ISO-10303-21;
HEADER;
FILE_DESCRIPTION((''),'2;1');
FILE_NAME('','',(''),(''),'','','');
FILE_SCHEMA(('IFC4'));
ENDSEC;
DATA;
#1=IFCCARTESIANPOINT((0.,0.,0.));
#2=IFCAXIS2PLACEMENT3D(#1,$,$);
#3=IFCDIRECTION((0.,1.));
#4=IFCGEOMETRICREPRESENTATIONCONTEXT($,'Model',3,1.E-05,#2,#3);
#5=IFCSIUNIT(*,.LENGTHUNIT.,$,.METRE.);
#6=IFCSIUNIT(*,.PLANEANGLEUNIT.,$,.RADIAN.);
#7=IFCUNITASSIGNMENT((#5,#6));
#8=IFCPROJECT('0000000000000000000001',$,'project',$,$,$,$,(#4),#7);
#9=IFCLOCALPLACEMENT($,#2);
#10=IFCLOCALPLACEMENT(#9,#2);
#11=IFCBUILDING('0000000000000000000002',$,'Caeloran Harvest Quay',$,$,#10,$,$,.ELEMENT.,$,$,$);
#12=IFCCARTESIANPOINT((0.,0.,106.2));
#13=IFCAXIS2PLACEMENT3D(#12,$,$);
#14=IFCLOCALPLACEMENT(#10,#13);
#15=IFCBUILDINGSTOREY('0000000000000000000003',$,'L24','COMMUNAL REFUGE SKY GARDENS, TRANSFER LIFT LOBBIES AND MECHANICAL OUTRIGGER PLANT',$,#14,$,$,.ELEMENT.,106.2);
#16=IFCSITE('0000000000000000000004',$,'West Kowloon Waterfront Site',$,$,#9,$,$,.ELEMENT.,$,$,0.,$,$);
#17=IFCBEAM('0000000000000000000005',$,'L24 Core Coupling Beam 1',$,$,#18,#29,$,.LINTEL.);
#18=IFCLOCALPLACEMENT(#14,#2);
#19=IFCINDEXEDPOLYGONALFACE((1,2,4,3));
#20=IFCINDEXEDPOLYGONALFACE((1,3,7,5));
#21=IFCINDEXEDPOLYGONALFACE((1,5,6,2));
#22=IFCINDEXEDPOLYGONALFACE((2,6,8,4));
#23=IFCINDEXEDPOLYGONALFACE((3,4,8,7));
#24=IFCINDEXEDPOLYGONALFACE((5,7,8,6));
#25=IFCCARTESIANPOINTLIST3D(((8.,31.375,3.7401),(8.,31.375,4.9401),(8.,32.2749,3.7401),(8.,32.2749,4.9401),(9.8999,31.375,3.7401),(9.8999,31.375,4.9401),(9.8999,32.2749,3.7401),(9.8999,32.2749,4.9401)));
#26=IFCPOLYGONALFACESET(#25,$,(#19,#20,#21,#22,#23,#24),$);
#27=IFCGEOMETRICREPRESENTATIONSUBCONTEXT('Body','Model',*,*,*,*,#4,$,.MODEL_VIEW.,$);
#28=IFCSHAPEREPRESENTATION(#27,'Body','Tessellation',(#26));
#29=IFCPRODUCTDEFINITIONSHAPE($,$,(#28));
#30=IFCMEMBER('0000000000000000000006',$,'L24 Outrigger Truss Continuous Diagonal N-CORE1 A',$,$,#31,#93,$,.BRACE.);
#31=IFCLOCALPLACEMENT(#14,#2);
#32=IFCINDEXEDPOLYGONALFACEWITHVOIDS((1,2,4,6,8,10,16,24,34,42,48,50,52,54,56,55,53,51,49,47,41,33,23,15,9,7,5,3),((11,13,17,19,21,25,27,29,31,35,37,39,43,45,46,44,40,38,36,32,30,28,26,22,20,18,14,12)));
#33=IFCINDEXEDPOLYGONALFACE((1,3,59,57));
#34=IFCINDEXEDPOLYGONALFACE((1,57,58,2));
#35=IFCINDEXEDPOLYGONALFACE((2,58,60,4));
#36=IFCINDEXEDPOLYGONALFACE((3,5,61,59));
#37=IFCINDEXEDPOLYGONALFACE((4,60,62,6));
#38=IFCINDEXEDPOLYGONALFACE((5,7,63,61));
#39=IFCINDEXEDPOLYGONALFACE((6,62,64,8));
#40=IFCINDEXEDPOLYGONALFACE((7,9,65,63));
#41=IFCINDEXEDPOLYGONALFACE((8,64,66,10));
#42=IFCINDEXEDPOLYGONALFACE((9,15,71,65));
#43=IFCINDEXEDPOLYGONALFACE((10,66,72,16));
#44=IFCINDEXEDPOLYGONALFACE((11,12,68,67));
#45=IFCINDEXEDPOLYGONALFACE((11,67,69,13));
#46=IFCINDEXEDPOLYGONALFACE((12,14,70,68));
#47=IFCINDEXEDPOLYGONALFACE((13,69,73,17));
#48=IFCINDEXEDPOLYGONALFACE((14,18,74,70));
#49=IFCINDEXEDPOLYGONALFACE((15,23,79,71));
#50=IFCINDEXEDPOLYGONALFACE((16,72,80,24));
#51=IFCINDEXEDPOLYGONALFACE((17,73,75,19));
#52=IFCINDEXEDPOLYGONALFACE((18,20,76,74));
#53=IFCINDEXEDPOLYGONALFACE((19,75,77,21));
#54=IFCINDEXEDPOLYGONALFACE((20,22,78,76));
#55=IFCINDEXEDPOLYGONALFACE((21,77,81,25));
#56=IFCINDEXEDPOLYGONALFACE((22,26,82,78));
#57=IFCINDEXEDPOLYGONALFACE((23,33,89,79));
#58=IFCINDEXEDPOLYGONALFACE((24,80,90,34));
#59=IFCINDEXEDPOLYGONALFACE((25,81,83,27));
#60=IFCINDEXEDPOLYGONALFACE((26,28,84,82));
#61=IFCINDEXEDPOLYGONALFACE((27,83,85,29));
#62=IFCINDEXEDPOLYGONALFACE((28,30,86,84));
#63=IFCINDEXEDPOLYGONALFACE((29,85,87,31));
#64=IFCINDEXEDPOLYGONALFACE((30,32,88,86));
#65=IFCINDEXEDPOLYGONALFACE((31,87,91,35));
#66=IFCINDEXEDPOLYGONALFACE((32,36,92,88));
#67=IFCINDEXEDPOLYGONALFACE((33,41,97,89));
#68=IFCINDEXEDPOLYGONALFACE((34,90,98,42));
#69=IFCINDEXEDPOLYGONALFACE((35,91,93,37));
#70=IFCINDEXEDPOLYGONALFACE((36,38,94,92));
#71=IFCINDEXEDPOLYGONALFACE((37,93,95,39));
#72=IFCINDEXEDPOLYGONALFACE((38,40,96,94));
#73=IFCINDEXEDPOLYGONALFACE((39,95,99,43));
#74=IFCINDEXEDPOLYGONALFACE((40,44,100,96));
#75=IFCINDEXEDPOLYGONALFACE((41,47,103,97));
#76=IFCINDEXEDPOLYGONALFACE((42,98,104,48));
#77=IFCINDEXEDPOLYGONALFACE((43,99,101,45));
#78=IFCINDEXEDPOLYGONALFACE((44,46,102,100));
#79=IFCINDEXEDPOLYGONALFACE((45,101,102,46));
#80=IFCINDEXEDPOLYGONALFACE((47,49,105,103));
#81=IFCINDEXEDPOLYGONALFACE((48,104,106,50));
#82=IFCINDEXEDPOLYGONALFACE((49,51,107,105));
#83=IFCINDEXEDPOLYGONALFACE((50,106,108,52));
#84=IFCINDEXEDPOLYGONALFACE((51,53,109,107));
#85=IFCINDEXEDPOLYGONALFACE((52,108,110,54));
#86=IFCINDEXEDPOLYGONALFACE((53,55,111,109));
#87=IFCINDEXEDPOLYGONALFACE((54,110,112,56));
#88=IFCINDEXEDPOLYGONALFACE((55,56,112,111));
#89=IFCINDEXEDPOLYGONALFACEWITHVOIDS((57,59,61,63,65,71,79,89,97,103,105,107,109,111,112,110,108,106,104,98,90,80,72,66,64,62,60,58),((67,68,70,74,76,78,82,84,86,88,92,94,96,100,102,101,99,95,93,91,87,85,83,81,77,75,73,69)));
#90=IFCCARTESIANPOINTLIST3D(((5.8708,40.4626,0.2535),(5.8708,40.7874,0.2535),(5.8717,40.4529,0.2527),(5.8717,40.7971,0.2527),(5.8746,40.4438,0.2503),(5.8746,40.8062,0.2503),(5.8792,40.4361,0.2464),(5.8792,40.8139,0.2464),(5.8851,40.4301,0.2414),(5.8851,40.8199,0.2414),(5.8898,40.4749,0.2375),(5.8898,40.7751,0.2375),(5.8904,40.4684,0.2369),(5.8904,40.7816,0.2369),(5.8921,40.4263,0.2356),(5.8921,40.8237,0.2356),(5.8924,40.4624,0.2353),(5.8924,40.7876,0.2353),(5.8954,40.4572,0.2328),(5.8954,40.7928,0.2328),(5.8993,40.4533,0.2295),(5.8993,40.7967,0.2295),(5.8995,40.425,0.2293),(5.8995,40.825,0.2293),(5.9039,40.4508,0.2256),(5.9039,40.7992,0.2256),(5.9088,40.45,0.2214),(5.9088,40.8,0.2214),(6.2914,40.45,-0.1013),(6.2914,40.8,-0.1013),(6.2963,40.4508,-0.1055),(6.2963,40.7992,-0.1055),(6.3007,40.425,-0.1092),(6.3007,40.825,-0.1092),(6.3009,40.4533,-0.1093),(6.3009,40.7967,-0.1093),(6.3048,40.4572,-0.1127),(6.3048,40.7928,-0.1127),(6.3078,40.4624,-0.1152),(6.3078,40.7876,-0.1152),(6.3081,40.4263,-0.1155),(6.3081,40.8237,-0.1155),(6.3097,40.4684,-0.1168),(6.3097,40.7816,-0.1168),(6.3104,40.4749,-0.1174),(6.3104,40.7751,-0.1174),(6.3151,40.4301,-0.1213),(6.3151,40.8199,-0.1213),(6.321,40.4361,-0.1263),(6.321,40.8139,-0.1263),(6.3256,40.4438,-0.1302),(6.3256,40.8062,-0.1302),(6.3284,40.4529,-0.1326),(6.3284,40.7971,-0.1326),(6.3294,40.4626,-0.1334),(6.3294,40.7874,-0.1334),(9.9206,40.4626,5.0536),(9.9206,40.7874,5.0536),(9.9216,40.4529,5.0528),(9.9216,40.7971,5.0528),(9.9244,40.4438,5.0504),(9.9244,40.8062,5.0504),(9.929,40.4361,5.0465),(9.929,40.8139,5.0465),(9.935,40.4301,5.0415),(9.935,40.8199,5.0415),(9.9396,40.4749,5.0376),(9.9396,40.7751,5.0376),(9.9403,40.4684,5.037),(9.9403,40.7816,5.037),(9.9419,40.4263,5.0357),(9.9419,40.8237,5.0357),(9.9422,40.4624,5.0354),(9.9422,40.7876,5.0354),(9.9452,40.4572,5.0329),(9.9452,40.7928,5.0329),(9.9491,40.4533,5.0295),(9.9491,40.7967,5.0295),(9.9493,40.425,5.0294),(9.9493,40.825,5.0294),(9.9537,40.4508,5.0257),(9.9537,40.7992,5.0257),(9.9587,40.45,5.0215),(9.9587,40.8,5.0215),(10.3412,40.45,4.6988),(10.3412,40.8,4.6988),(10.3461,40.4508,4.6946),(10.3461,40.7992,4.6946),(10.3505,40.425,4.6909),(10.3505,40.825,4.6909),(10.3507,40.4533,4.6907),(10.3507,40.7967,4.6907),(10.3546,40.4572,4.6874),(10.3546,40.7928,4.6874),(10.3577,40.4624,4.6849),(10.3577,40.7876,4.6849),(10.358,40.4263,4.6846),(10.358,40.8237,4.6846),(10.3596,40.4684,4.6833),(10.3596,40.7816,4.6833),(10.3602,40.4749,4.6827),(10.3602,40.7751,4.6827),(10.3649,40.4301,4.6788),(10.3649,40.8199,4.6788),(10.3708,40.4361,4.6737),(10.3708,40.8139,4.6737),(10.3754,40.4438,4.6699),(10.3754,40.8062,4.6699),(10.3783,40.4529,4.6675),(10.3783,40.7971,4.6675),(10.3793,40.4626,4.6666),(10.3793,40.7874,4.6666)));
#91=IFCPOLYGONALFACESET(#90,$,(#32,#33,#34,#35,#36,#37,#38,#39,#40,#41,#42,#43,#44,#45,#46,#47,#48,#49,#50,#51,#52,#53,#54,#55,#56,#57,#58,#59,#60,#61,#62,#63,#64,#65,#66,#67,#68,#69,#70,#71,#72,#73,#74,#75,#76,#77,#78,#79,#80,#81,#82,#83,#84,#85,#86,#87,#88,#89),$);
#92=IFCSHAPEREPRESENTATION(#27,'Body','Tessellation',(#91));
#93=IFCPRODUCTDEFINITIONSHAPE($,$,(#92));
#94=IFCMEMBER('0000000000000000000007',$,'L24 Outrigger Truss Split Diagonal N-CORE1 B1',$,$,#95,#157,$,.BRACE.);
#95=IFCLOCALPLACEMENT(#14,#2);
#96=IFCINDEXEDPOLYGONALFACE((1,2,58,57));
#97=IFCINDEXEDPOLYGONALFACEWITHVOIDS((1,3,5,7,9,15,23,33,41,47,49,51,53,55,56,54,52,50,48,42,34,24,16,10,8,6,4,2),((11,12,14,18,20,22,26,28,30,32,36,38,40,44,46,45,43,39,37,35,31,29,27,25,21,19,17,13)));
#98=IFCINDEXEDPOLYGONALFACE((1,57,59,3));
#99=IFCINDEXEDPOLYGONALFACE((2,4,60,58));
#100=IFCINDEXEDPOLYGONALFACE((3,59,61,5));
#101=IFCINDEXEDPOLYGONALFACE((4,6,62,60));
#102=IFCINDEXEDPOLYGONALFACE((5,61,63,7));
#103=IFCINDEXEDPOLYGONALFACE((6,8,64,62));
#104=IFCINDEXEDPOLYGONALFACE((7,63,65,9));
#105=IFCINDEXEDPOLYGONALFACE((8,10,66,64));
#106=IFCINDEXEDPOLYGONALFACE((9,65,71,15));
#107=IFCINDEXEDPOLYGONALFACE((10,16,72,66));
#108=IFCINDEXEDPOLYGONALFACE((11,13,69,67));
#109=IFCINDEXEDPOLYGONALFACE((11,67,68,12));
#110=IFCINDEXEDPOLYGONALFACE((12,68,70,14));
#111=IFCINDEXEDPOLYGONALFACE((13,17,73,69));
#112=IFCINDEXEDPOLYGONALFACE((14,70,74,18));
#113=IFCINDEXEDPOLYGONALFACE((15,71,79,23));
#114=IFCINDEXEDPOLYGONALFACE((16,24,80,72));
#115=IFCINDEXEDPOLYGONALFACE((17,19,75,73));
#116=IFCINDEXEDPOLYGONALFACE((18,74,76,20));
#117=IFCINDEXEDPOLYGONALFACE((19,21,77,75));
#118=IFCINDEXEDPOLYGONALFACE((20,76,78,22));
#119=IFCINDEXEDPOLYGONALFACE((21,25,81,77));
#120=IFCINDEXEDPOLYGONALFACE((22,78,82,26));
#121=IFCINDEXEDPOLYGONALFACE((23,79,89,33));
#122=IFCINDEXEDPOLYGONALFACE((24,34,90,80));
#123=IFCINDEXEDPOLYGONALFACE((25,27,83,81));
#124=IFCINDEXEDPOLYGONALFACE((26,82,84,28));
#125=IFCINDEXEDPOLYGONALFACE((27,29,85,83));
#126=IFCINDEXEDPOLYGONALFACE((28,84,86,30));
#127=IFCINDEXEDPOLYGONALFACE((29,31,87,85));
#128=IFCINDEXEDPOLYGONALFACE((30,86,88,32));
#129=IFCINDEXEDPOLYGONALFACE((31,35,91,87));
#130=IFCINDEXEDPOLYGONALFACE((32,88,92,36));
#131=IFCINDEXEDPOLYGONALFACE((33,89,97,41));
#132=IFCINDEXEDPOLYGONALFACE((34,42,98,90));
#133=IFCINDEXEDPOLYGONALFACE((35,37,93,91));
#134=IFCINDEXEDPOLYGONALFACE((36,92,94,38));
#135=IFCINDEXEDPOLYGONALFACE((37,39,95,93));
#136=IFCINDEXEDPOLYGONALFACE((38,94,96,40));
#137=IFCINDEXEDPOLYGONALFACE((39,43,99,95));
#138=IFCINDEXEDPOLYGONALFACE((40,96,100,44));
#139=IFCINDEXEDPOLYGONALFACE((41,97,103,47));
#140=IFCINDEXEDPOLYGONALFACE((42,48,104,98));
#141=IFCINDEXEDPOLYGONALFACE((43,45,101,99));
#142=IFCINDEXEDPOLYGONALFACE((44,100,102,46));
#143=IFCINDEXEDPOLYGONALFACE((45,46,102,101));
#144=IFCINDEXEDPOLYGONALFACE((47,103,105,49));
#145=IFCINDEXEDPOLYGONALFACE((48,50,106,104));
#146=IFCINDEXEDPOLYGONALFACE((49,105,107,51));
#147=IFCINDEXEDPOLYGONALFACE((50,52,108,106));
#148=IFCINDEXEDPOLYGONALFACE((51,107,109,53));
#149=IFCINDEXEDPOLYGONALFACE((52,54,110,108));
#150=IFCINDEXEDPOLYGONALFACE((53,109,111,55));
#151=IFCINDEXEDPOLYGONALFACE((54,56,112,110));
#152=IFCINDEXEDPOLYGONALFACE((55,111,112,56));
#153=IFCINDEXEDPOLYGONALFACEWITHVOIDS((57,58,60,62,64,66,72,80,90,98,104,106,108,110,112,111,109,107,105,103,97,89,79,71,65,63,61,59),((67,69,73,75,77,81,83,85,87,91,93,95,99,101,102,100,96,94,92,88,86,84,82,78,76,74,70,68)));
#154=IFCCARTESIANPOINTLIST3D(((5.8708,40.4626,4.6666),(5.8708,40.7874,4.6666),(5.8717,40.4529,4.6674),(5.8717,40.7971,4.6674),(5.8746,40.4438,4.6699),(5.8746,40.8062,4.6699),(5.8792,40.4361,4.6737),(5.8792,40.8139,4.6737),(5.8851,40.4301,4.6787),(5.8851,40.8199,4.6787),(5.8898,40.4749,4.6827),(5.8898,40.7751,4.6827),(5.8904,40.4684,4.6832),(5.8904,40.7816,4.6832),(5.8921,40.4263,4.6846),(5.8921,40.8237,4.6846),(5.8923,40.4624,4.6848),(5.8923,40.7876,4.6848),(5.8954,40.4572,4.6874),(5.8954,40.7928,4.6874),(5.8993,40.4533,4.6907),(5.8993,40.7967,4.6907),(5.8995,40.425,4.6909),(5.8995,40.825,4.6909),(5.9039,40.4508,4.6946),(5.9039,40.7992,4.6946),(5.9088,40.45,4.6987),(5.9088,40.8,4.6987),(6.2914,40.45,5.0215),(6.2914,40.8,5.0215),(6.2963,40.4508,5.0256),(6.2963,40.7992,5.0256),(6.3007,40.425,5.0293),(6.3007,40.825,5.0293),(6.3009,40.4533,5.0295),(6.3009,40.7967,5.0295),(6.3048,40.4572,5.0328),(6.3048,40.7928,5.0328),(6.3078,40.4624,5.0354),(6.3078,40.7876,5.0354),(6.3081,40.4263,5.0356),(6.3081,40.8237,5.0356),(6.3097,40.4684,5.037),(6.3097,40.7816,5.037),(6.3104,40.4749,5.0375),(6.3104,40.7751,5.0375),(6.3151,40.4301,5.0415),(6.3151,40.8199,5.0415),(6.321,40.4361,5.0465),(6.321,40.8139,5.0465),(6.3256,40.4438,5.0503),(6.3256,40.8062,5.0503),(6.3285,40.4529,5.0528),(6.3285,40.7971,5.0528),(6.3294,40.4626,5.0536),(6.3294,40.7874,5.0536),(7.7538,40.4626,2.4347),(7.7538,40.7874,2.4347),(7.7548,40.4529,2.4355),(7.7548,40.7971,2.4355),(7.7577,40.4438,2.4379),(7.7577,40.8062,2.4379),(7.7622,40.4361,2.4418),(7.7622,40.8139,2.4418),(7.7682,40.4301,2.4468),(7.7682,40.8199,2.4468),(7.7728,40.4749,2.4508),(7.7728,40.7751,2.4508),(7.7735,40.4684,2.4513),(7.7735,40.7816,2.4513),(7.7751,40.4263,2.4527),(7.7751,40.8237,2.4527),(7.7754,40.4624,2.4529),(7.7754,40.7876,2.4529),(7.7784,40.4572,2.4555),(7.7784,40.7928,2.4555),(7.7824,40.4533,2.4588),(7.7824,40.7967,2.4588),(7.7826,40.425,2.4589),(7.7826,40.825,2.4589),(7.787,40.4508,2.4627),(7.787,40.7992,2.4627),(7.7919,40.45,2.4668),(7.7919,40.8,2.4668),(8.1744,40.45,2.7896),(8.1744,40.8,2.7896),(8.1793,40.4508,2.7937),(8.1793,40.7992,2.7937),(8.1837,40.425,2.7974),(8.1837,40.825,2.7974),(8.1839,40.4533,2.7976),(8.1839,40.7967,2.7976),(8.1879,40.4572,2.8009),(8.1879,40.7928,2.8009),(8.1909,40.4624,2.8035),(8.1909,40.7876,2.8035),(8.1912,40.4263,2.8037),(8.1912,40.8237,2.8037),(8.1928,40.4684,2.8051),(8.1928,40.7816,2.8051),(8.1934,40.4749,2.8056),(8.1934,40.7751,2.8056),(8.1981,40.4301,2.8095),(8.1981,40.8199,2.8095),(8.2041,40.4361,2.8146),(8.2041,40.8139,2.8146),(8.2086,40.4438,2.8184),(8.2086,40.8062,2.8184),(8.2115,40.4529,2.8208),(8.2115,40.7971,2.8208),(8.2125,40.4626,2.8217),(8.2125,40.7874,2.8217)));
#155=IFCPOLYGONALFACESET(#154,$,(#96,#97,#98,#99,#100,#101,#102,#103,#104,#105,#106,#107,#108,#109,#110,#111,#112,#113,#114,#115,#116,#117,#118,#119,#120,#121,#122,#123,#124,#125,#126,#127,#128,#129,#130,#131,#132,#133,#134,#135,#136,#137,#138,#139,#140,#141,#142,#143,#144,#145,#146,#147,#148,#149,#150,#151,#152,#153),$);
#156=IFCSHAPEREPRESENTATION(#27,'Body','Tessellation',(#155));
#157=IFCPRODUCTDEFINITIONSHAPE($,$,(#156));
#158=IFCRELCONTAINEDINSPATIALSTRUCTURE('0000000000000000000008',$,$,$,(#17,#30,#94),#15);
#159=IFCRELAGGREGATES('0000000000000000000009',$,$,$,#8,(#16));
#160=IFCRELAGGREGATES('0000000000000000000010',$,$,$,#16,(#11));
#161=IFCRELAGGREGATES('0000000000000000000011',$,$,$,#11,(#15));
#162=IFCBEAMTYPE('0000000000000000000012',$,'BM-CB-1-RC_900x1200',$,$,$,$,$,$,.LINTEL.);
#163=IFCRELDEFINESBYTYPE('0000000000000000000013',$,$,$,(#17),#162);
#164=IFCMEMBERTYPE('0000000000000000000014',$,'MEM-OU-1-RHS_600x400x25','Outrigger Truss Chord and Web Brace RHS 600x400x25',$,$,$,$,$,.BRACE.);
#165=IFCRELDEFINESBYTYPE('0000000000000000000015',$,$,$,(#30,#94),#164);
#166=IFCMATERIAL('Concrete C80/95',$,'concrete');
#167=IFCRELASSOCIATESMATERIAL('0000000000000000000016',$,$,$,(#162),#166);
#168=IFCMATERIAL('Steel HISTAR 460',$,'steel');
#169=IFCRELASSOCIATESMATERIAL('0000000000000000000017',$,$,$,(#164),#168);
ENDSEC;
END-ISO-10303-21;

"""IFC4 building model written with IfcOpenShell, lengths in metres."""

from ifc_helpers import new_model, si_unit, direction, frame, origin, origin_2d, place, context, subcontext, project, spatial, rectangle, hollow_rectangle, extrude, material, material_profile, profile_set, type_object, element, save


model = new_model("IFC4")

# Units and contexts
model_context = context("Model", 3, precision=1e-05, world=origin(), true_north=direction((0.0, 1.0)))
body_context = subcontext(model_context, "Body", "Model", "MODEL_VIEW")
ifc_project = project(units=[si_unit("LENGTHUNIT", "METRE"), si_unit("PLANEANGLEUNIT", "RADIAN")], contexts=[model_context])

# Site, building, storey
site_placement = place(None, origin())
site = spatial("IfcSite", under=ifc_project, at=site_placement, Name="West Kowloon Waterfront Site", CompositionType="ELEMENT", RefElevation=0.0)
building_placement = place(site_placement, origin())
building = spatial("IfcBuilding", under=site, at=building_placement, Name="Caeloran Harvest Quay", CompositionType="ELEMENT")
storey_placement = place(building_placement, frame((0.0, 0.0, 106.2)))
storey = spatial("IfcBuildingStorey", under=building, at=storey_placement, Name="L24", Description="COMMUNAL REFUGE SKY GARDENS, TRANSFER LIFT LOBBIES AND MECHANICAL OUTRIGGER PLANT", CompositionType="ELEMENT", Elevation=106.2)

# Beam
ifc_material_1 = material(Name="Concrete C80/95", Category="concrete")
ifc_material_profile_1 = material_profile(ifc_material_1, rectangle(XDim=0.8999, YDim=1.2, at=origin_2d()), Name="RC 900x1200")
ifc_profile_set_1 = profile_set([ifc_material_profile_1], Name="Concrete C80/95")
beam_type = type_object("IfcBeamType", Name="BM-CB-1-RC_900x1200", PredefinedType="LINTEL", material=ifc_profile_set_1)
beam_placement = place(storey_placement, frame((8.0, 31.825, 4.3401), z_axis=(1.0, 0.0, 0.0), x_axis=(0.0, 1.0, 0.0)))
element("IfcBeam", 1, at=beam_placement, inside=storey, type_object=beam_type, Name="L24 Core Coupling Beam 1", PredefinedType="LINTEL", context=body_context, shape_type="SweptSolid", body=[
    extrude(rectangle(XDim=0.8999, YDim=1.2, at=origin_2d()), origin(), (0.0, 0.0, 1.0), 1.8999),
])

# Members
ifc_material_2 = material(Name="Steel HISTAR 460", Category="steel")
ifc_material_profile_2 = material_profile(ifc_material_2, hollow_rectangle(XDim=0.3999, YDim=0.6001, WallThickness=0.0249, InnerFilletRadius=0.0249, OuterFilletRadius=0.0376, at=origin_2d()), Name="RHS 600x400x25")
ifc_profile_set_2 = profile_set([ifc_material_profile_2], Name="Steel HISTAR 460")
member_type = type_object("IfcMemberType", Name="MEM-OU-1-RHS_600x400x25", Description="Outrigger Truss Chord and Web Brace RHS 600x400x25", PredefinedType="BRACE", material=ifc_profile_set_2)
member_placement = place(storey_placement, frame((6.1001, 40.625, 0.0601), z_axis=(0.644849, 0.0, 0.76431), x_axis=(0.0, 1.0, 0.0)))
element("IfcMember", 2, at=member_placement, inside=storey, type_object=member_type, Name="L24 Outrigger Truss Continuous Diagonal N-CORE1 A", PredefinedType="BRACE", context=body_context, shape_type="SweptSolid", body=[
    extrude(hollow_rectangle(XDim=0.3999, YDim=0.6001, WallThickness=0.0249, InnerFilletRadius=0.0249, OuterFilletRadius=0.0376, at=origin_2d()), origin(), (0.0, 0.0, 1.0), 6.2803),
])
for number, where, z_axis, x_axis, name in (
    (3, (6.1001, 40.625, 4.8601), (0.644843, 0.0, -0.764315), (0.0, 1.0, 0.0), "L24 Outrigger Truss Split Diagonal N-CORE1 B1"),
):
    element("IfcMember", number, at=place(storey_placement, frame(where, z_axis=z_axis, x_axis=x_axis)), inside=storey, type_object=member_type, Name=name, PredefinedType="BRACE", context=body_context, shape_type="SweptSolid", body=[
        extrude(hollow_rectangle(XDim=0.3999, YDim=0.6001, WallThickness=0.0249, InnerFilletRadius=0.0249, OuterFilletRadius=0.0376, at=origin_2d()), origin(), (0.0, 0.0, 1.0), 2.9202),
    ])

save(model, "model.ifc")
